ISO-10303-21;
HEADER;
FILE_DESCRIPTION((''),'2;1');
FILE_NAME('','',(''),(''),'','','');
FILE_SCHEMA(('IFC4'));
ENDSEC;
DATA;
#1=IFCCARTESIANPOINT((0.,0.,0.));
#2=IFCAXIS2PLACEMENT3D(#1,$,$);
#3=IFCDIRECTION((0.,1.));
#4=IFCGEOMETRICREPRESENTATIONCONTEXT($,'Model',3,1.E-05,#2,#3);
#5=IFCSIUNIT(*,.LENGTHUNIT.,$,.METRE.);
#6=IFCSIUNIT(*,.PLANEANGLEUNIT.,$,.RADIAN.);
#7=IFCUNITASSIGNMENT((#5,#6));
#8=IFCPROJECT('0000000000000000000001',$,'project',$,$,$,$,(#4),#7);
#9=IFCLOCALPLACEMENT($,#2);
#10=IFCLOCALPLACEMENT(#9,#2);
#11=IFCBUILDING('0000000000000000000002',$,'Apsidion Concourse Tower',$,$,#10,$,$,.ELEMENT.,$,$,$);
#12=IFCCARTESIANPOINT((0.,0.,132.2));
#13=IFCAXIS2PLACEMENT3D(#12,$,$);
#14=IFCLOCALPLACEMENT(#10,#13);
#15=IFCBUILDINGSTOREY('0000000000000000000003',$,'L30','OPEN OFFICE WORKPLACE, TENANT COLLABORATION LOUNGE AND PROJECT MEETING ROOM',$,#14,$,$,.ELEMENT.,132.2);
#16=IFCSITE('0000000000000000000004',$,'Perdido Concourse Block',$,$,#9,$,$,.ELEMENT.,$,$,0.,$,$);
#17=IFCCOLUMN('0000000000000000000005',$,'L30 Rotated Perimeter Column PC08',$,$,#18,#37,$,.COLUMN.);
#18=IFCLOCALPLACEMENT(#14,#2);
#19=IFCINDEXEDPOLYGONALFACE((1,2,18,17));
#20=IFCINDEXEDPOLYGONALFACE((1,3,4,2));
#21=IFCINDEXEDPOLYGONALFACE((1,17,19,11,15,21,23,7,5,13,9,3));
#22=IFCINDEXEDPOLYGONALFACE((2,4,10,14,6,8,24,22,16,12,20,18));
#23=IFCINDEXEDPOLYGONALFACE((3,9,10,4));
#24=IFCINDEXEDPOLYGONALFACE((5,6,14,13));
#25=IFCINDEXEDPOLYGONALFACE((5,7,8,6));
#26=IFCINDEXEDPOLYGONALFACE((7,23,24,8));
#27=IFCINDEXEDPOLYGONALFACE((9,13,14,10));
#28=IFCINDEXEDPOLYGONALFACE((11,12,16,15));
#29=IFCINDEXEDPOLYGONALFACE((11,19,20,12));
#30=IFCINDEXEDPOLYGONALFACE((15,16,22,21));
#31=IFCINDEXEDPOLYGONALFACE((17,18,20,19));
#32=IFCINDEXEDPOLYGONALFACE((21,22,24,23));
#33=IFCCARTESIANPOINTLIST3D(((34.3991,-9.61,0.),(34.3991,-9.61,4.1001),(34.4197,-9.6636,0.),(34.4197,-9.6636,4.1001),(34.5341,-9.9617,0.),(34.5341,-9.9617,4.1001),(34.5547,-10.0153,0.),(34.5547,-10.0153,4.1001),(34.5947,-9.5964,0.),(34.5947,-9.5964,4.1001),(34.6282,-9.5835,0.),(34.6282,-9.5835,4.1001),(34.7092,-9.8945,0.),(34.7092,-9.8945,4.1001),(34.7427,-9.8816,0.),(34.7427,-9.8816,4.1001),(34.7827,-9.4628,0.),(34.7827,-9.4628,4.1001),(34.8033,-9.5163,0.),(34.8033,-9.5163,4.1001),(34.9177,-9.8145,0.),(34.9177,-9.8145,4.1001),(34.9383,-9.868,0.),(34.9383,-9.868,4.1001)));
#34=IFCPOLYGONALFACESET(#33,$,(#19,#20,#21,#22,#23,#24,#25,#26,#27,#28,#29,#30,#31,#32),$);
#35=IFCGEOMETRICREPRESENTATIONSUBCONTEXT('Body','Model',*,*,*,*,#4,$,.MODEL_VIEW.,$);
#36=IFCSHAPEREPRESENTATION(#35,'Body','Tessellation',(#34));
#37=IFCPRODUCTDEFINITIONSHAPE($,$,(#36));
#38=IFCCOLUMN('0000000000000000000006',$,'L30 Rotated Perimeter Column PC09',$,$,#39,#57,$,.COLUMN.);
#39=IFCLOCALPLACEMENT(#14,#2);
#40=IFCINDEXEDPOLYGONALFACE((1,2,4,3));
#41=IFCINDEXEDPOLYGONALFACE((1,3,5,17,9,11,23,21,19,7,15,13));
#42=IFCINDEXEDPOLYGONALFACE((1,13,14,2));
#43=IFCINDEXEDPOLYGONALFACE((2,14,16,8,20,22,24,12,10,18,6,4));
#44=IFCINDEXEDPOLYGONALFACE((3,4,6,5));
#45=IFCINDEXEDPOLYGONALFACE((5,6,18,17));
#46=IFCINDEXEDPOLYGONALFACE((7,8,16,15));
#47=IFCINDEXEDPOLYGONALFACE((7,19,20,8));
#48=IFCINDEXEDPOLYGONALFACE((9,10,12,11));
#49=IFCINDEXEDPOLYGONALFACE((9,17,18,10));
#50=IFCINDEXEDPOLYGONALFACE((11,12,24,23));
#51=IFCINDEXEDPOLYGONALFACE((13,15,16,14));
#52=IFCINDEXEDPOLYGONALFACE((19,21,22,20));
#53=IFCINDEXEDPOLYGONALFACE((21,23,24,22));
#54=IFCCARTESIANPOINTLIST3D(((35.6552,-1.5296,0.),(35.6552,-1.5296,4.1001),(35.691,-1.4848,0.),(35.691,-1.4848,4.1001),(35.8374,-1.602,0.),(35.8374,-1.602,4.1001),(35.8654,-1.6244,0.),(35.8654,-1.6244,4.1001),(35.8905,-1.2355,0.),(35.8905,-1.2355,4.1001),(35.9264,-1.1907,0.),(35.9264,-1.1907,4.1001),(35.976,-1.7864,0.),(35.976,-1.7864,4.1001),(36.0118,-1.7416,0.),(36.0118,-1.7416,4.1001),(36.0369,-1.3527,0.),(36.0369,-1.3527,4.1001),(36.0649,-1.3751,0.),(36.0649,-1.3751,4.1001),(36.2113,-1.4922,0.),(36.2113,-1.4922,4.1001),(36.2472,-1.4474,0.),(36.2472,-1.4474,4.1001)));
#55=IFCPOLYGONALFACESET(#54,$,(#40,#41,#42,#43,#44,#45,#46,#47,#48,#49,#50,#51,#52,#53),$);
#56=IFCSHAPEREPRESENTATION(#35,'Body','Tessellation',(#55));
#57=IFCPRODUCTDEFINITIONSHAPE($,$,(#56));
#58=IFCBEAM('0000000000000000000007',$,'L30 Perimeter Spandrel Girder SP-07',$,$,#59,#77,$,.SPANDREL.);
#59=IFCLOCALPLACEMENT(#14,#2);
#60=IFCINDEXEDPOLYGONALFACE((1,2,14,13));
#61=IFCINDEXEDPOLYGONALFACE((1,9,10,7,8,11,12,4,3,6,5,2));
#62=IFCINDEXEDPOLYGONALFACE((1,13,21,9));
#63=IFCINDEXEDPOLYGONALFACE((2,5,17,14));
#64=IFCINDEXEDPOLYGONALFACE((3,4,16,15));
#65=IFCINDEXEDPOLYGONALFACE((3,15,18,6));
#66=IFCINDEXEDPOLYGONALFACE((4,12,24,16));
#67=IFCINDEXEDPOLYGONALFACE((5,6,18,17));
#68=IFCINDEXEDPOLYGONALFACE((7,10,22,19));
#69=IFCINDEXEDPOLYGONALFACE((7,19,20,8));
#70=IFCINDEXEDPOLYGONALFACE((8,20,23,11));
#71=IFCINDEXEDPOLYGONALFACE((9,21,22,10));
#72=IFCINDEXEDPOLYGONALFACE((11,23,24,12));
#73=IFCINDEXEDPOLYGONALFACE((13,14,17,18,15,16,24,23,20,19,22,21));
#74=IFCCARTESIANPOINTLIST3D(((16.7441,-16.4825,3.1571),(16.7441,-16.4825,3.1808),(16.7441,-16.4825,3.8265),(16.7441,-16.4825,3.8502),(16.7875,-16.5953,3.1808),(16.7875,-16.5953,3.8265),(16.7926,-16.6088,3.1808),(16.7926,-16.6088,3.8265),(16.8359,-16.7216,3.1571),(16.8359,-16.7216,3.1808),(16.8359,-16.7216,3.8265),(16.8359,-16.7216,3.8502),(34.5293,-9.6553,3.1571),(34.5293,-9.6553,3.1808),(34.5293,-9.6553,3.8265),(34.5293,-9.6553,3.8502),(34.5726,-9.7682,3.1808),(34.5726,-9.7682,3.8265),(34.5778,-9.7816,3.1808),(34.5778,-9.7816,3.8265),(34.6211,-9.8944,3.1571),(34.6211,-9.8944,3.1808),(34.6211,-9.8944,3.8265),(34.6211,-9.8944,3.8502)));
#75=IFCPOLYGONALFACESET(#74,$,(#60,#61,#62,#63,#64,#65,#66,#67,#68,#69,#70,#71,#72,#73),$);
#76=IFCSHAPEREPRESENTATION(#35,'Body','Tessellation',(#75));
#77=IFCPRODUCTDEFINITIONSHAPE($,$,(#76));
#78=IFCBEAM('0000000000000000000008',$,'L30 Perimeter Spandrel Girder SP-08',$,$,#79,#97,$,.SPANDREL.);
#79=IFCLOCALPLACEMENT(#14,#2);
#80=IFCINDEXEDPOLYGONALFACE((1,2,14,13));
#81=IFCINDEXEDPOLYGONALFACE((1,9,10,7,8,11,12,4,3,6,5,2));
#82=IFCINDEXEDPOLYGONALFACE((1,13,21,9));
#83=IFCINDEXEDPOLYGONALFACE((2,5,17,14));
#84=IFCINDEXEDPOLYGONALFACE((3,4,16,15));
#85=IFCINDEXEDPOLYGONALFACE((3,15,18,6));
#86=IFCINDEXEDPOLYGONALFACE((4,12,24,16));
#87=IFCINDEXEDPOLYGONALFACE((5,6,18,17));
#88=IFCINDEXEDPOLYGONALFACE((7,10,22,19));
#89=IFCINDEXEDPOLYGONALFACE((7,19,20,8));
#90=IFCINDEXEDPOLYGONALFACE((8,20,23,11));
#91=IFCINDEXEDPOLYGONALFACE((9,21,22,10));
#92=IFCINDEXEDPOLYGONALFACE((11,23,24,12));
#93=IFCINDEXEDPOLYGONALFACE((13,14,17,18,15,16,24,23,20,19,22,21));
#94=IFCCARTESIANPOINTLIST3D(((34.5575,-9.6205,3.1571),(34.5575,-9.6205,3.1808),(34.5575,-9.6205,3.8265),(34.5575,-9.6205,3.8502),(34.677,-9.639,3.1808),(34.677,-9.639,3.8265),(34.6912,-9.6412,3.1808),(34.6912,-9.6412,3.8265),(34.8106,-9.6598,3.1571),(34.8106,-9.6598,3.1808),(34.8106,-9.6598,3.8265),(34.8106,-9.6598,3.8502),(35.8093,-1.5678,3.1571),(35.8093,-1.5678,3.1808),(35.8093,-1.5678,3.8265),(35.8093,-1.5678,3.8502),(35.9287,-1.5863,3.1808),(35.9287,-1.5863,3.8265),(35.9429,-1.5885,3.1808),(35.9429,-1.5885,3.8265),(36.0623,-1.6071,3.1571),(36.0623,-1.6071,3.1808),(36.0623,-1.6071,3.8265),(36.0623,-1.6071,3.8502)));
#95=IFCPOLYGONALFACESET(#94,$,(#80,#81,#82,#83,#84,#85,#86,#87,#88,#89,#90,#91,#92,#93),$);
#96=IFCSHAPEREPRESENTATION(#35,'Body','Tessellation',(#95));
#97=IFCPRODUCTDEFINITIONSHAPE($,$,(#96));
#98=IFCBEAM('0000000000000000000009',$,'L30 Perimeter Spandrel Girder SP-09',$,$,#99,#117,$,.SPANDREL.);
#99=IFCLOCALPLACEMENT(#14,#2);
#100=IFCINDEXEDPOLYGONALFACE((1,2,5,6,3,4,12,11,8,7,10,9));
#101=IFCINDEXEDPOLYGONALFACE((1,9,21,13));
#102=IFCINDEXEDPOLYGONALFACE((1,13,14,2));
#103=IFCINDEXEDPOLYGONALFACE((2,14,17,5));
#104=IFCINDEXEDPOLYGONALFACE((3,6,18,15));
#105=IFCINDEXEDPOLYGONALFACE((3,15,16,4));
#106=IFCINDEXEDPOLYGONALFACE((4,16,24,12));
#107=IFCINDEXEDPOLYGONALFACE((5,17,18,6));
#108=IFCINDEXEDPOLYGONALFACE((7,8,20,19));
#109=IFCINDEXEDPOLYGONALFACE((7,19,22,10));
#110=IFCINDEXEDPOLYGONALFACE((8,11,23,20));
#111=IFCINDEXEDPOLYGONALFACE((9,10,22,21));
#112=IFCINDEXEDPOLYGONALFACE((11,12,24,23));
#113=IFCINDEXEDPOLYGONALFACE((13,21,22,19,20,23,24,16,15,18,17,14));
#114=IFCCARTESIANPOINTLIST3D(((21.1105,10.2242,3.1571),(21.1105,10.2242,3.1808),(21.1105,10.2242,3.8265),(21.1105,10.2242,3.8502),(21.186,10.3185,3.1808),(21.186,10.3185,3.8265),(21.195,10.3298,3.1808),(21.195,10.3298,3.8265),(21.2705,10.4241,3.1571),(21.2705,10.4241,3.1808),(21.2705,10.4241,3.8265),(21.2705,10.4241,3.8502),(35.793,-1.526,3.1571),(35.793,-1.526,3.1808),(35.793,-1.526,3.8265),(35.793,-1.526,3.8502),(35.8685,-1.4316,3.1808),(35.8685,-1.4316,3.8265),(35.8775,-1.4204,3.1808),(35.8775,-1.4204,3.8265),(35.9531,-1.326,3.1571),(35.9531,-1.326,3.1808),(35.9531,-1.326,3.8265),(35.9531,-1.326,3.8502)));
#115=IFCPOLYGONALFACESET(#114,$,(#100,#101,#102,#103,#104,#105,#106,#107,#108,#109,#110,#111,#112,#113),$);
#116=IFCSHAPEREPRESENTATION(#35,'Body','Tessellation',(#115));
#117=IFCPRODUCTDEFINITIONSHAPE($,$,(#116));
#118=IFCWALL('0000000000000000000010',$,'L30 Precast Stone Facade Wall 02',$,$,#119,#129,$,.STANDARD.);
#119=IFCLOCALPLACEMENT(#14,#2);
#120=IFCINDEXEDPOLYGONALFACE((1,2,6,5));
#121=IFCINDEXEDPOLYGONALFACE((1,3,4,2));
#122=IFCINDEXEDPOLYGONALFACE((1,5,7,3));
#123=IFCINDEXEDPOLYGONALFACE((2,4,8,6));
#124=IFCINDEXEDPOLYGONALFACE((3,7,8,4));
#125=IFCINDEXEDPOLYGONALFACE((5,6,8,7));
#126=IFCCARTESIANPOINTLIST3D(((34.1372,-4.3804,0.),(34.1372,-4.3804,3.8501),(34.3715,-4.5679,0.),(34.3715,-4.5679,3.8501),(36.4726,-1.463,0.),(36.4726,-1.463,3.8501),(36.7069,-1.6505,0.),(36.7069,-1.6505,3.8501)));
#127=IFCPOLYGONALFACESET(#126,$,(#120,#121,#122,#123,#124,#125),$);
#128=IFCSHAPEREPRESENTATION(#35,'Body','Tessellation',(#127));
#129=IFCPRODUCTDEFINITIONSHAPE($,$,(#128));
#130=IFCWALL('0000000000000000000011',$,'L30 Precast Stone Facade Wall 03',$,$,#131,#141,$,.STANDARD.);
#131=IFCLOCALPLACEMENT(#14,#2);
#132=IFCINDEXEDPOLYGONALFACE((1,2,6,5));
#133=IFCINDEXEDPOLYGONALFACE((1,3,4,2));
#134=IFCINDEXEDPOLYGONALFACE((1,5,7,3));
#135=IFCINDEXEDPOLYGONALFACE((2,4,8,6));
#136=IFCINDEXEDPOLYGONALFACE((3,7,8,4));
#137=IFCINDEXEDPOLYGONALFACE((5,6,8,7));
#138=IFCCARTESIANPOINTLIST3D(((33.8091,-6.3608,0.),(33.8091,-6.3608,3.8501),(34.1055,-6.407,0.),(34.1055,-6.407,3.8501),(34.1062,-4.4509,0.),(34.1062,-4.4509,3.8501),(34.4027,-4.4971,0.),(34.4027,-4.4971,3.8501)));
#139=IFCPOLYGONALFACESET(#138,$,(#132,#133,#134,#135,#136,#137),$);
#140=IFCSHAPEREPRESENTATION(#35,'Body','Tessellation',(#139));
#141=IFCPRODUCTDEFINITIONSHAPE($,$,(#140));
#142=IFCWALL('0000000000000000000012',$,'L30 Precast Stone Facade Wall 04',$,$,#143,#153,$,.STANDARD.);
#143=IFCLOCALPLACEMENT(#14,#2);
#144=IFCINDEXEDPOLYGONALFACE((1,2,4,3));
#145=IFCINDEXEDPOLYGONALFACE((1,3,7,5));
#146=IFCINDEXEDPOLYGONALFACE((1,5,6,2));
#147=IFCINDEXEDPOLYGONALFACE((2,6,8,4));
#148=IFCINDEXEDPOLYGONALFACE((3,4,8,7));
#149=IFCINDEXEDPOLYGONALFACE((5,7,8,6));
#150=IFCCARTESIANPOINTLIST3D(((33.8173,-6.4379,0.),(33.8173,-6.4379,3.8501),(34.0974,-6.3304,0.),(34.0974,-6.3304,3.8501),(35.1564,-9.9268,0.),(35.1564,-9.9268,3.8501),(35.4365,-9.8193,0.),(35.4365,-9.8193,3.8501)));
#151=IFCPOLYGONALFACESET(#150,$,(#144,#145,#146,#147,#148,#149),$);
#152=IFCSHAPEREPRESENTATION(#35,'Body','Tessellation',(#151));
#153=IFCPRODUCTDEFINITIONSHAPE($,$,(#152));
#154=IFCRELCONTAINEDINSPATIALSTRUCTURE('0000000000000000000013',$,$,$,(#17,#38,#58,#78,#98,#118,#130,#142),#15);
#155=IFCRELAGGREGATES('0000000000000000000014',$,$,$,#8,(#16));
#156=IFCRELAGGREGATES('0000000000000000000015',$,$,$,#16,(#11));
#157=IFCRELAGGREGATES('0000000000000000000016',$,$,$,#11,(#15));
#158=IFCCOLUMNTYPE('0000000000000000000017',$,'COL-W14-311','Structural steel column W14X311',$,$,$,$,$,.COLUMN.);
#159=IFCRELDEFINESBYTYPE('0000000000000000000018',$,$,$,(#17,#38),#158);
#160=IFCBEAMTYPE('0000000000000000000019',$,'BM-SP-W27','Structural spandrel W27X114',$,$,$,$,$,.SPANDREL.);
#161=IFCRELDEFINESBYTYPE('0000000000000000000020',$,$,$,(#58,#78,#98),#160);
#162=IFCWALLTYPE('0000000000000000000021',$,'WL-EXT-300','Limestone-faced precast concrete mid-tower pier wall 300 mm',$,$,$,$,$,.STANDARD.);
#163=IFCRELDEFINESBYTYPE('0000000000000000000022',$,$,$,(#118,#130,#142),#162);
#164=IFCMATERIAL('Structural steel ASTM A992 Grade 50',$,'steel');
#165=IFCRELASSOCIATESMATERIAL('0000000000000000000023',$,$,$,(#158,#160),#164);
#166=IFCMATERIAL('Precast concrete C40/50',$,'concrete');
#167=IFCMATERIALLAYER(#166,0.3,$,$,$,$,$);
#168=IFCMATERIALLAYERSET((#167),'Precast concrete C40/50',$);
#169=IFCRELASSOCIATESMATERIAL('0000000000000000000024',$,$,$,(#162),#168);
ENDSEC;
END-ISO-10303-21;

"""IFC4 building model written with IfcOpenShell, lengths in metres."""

from ifc_helpers import new_model, si_unit, direction, frame, frame_2d, origin, origin_2d, place, context, subcontext, project, spatial, rectangle, i_section, extrude, material, layer, layer_set, material_profile, profile_set, type_object, element, save


model = new_model("IFC4")

# Units and contexts
model_context = context("Model", 3, precision=1e-05, world=origin(), true_north=direction((0.0, 1.0)))
body_context = subcontext(model_context, "Body", "Model", "MODEL_VIEW")
ifc_project = project(units=[si_unit("LENGTHUNIT", "METRE"), si_unit("PLANEANGLEUNIT", "RADIAN")], contexts=[model_context])

# Site, building, storey
site_placement = place(None, origin())
site = spatial("IfcSite", under=ifc_project, at=site_placement, Name="Perdido Concourse Block", CompositionType="ELEMENT", RefElevation=0.0)
building_placement = place(site_placement, origin())
building = spatial("IfcBuilding", under=site, at=building_placement, Name="Apsidion Concourse Tower", CompositionType="ELEMENT")
storey_placement = place(building_placement, frame((0.0, 0.0, 132.2)))
storey = spatial("IfcBuildingStorey", under=building, at=storey_placement, Name="L30", Description="OPEN OFFICE WORKPLACE, TENANT COLLABORATION LOUNGE AND PROJECT MEETING ROOM", CompositionType="ELEMENT", Elevation=132.2)

# Columns
ifc_material_1 = material(Name="Structural steel ASTM A992 Grade 50", Category="steel")
ifc_material_profile_1 = material_profile(ifc_material_1, i_section(OverallWidth=0.4109, OverallDepth=0.4341, WebThickness=0.0359, FlangeThickness=0.0574, at=origin_2d()), Name="W14X311")
ifc_profile_set_1 = profile_set([ifc_material_profile_1], Name="Structural steel ASTM A992 Grade 50")
column_type = type_object("IfcColumnType", Name="COL-W14-311", Description="Structural steel column W14X311", PredefinedType="COLUMN", material=ifc_profile_set_1)
for number, where, z_axis, x_axis, name in (
    (1, (34.6687, -9.739, 0.0), (0.0, 0.0, 1.0), (0.93358, 0.358368, 0.0), "L30 Rotated Perimeter Column PC08"),
    (2, (35.9512, -1.4885, 0.0), (0.0, 0.0, 1.0), (-0.780758, 0.624834, 0.0), "L30 Rotated Perimeter Column PC09"),
):
    element("IfcColumn", number, at=place(storey_placement, frame(where, z_axis=z_axis, x_axis=x_axis)), inside=storey, type_object=column_type, Name=name, PredefinedType="COLUMN", context=body_context, shape_type="SweptSolid", body=[
        extrude(i_section(OverallWidth=0.4109, OverallDepth=0.4341, WebThickness=0.0359, FlangeThickness=0.0574, at=origin_2d()), origin(), (0.0, 0.0, 1.0), 4.1001),
    ])

# Beams
ifc_material_profile_2 = material_profile(ifc_material_1, i_section(OverallWidth=0.2561, OverallDepth=0.6931, WebThickness=0.0144, FlangeThickness=0.0237, at=origin_2d()), Name="W27X114")
ifc_profile_set_2 = profile_set([ifc_material_profile_2], Name="Structural steel ASTM A992 Grade 50")
beam_type = type_object("IfcBeamType", Name="BM-SP-W27", Description="Structural spandrel W27X114", PredefinedType="SPANDREL", material=ifc_profile_set_2)
beam_1_placement = place(storey_placement, frame((16.79, -16.6021, 3.5037), z_axis=(0.933579, 0.358371, 0.0), x_axis=(-0.358371, 0.933579, 0.0)))
element("IfcBeam", 3, at=beam_1_placement, inside=storey, type_object=beam_type, Name="L30 Perimeter Spandrel Girder SP-07", PredefinedType="SPANDREL", context=body_context, shape_type="SweptSolid", body=[
    extrude(i_section(OverallWidth=0.2561, OverallDepth=0.6931, WebThickness=0.0144, FlangeThickness=0.0237, at=origin_2d()), origin(), (0.0, 0.0, 1.0), 19.0505),
])
beam_2_placement = place(storey_placement, frame((34.6841, -9.6401, 3.5037), z_axis=(0.153595, 0.988134, 0.0), x_axis=(-0.988134, 0.153595, 0.0)))
element("IfcBeam", 4, at=beam_2_placement, inside=storey, type_object=beam_type, Name="L30 Perimeter Spandrel Girder SP-08", PredefinedType="SPANDREL", context=body_context, shape_type="SweptSolid", body=[
    extrude(i_section(OverallWidth=0.2561, OverallDepth=0.6931, WebThickness=0.0144, FlangeThickness=0.0237, at=origin_2d()), origin(), (0.0, 0.0, 1.0), 8.1494),
])
beam_3_placement = place(storey_placement, frame((35.873, -1.426, 3.5037), z_axis=(-0.780761, 0.62483, 0.0), x_axis=(-0.62483, -0.780761, 0.0)))
element("IfcBeam", 5, at=beam_3_placement, inside=storey, type_object=beam_type, Name="L30 Perimeter Spandrel Girder SP-09", PredefinedType="SPANDREL", context=body_context, shape_type="SweptSolid", body=[
    extrude(i_section(OverallWidth=0.2561, OverallDepth=0.6931, WebThickness=0.0144, FlangeThickness=0.0237, at=origin_2d()), origin(), (0.0, 0.0, 1.0), 18.8054),
])

# Walls
ifc_material_2 = material(Name="Precast concrete C40/50", Category="concrete")
ifc_layer_1 = layer(ifc_material_2, 0.3)
ifc_layer_set_1 = layer_set([ifc_layer_1], Name="Precast concrete C40/50")
wall_type_1 = type_object("IfcWallType", Name="WL-EXT-300", Description="Limestone-faced precast concrete mid-tower pier wall 300 mm", PredefinedType="STANDARD", material=ifc_layer_set_1)
wall_1_placement = place(storey_placement, frame((36.5898, -1.5566, 0.0), z_axis=(0.0, 0.0, 1.0), x_axis=(-0.624934, -0.780678, 0.0)))
element("IfcWall", 6, at=wall_1_placement, inside=storey, type_object=wall_type_1, Name="L30 Precast Stone Facade Wall 02", PredefinedType="STANDARD", context=body_context, shape_type="SweptSolid", body=[
    extrude(rectangle(XDim=3.7371, YDim=0.3, at=frame_2d((1.8687, 0.0))), origin(), (0.0, 0.0, 1.0), 3.8501),
])
wall_2_placement = place(storey_placement, frame((34.2544, -4.4741, 0.0), z_axis=(0.0, 0.0, 1.0), x_axis=(-0.153718, -0.988115, 0.0)))
element("IfcWall", 7, at=wall_2_placement, inside=storey, type_object=wall_type_1, Name="L30 Precast Stone Facade Wall 03", PredefinedType="STANDARD", context=body_context, shape_type="SweptSolid", body=[
    extrude(rectangle(XDim=1.9329, YDim=0.3, at=frame_2d((0.9663, 0.0))), origin(), (0.0, 0.0, 1.0), 3.8501),
])
wall_3_placement = place(storey_placement, frame((33.9573, -6.384, 0.0), z_axis=(0.0, 0.0, 1.0), x_axis=(0.358344, -0.93359, 0.0)))
element("IfcWall", 8, at=wall_3_placement, inside=storey, type_object=wall_type_1, Name="L30 Precast Stone Facade Wall 04", PredefinedType="STANDARD", context=body_context, shape_type="SweptSolid", body=[
    extrude(rectangle(XDim=3.7371, YDim=0.3, at=frame_2d((1.8687, 0.0))), origin(), (0.0, 0.0, 1.0), 3.8501),
])

save(model, "model.ifc")
